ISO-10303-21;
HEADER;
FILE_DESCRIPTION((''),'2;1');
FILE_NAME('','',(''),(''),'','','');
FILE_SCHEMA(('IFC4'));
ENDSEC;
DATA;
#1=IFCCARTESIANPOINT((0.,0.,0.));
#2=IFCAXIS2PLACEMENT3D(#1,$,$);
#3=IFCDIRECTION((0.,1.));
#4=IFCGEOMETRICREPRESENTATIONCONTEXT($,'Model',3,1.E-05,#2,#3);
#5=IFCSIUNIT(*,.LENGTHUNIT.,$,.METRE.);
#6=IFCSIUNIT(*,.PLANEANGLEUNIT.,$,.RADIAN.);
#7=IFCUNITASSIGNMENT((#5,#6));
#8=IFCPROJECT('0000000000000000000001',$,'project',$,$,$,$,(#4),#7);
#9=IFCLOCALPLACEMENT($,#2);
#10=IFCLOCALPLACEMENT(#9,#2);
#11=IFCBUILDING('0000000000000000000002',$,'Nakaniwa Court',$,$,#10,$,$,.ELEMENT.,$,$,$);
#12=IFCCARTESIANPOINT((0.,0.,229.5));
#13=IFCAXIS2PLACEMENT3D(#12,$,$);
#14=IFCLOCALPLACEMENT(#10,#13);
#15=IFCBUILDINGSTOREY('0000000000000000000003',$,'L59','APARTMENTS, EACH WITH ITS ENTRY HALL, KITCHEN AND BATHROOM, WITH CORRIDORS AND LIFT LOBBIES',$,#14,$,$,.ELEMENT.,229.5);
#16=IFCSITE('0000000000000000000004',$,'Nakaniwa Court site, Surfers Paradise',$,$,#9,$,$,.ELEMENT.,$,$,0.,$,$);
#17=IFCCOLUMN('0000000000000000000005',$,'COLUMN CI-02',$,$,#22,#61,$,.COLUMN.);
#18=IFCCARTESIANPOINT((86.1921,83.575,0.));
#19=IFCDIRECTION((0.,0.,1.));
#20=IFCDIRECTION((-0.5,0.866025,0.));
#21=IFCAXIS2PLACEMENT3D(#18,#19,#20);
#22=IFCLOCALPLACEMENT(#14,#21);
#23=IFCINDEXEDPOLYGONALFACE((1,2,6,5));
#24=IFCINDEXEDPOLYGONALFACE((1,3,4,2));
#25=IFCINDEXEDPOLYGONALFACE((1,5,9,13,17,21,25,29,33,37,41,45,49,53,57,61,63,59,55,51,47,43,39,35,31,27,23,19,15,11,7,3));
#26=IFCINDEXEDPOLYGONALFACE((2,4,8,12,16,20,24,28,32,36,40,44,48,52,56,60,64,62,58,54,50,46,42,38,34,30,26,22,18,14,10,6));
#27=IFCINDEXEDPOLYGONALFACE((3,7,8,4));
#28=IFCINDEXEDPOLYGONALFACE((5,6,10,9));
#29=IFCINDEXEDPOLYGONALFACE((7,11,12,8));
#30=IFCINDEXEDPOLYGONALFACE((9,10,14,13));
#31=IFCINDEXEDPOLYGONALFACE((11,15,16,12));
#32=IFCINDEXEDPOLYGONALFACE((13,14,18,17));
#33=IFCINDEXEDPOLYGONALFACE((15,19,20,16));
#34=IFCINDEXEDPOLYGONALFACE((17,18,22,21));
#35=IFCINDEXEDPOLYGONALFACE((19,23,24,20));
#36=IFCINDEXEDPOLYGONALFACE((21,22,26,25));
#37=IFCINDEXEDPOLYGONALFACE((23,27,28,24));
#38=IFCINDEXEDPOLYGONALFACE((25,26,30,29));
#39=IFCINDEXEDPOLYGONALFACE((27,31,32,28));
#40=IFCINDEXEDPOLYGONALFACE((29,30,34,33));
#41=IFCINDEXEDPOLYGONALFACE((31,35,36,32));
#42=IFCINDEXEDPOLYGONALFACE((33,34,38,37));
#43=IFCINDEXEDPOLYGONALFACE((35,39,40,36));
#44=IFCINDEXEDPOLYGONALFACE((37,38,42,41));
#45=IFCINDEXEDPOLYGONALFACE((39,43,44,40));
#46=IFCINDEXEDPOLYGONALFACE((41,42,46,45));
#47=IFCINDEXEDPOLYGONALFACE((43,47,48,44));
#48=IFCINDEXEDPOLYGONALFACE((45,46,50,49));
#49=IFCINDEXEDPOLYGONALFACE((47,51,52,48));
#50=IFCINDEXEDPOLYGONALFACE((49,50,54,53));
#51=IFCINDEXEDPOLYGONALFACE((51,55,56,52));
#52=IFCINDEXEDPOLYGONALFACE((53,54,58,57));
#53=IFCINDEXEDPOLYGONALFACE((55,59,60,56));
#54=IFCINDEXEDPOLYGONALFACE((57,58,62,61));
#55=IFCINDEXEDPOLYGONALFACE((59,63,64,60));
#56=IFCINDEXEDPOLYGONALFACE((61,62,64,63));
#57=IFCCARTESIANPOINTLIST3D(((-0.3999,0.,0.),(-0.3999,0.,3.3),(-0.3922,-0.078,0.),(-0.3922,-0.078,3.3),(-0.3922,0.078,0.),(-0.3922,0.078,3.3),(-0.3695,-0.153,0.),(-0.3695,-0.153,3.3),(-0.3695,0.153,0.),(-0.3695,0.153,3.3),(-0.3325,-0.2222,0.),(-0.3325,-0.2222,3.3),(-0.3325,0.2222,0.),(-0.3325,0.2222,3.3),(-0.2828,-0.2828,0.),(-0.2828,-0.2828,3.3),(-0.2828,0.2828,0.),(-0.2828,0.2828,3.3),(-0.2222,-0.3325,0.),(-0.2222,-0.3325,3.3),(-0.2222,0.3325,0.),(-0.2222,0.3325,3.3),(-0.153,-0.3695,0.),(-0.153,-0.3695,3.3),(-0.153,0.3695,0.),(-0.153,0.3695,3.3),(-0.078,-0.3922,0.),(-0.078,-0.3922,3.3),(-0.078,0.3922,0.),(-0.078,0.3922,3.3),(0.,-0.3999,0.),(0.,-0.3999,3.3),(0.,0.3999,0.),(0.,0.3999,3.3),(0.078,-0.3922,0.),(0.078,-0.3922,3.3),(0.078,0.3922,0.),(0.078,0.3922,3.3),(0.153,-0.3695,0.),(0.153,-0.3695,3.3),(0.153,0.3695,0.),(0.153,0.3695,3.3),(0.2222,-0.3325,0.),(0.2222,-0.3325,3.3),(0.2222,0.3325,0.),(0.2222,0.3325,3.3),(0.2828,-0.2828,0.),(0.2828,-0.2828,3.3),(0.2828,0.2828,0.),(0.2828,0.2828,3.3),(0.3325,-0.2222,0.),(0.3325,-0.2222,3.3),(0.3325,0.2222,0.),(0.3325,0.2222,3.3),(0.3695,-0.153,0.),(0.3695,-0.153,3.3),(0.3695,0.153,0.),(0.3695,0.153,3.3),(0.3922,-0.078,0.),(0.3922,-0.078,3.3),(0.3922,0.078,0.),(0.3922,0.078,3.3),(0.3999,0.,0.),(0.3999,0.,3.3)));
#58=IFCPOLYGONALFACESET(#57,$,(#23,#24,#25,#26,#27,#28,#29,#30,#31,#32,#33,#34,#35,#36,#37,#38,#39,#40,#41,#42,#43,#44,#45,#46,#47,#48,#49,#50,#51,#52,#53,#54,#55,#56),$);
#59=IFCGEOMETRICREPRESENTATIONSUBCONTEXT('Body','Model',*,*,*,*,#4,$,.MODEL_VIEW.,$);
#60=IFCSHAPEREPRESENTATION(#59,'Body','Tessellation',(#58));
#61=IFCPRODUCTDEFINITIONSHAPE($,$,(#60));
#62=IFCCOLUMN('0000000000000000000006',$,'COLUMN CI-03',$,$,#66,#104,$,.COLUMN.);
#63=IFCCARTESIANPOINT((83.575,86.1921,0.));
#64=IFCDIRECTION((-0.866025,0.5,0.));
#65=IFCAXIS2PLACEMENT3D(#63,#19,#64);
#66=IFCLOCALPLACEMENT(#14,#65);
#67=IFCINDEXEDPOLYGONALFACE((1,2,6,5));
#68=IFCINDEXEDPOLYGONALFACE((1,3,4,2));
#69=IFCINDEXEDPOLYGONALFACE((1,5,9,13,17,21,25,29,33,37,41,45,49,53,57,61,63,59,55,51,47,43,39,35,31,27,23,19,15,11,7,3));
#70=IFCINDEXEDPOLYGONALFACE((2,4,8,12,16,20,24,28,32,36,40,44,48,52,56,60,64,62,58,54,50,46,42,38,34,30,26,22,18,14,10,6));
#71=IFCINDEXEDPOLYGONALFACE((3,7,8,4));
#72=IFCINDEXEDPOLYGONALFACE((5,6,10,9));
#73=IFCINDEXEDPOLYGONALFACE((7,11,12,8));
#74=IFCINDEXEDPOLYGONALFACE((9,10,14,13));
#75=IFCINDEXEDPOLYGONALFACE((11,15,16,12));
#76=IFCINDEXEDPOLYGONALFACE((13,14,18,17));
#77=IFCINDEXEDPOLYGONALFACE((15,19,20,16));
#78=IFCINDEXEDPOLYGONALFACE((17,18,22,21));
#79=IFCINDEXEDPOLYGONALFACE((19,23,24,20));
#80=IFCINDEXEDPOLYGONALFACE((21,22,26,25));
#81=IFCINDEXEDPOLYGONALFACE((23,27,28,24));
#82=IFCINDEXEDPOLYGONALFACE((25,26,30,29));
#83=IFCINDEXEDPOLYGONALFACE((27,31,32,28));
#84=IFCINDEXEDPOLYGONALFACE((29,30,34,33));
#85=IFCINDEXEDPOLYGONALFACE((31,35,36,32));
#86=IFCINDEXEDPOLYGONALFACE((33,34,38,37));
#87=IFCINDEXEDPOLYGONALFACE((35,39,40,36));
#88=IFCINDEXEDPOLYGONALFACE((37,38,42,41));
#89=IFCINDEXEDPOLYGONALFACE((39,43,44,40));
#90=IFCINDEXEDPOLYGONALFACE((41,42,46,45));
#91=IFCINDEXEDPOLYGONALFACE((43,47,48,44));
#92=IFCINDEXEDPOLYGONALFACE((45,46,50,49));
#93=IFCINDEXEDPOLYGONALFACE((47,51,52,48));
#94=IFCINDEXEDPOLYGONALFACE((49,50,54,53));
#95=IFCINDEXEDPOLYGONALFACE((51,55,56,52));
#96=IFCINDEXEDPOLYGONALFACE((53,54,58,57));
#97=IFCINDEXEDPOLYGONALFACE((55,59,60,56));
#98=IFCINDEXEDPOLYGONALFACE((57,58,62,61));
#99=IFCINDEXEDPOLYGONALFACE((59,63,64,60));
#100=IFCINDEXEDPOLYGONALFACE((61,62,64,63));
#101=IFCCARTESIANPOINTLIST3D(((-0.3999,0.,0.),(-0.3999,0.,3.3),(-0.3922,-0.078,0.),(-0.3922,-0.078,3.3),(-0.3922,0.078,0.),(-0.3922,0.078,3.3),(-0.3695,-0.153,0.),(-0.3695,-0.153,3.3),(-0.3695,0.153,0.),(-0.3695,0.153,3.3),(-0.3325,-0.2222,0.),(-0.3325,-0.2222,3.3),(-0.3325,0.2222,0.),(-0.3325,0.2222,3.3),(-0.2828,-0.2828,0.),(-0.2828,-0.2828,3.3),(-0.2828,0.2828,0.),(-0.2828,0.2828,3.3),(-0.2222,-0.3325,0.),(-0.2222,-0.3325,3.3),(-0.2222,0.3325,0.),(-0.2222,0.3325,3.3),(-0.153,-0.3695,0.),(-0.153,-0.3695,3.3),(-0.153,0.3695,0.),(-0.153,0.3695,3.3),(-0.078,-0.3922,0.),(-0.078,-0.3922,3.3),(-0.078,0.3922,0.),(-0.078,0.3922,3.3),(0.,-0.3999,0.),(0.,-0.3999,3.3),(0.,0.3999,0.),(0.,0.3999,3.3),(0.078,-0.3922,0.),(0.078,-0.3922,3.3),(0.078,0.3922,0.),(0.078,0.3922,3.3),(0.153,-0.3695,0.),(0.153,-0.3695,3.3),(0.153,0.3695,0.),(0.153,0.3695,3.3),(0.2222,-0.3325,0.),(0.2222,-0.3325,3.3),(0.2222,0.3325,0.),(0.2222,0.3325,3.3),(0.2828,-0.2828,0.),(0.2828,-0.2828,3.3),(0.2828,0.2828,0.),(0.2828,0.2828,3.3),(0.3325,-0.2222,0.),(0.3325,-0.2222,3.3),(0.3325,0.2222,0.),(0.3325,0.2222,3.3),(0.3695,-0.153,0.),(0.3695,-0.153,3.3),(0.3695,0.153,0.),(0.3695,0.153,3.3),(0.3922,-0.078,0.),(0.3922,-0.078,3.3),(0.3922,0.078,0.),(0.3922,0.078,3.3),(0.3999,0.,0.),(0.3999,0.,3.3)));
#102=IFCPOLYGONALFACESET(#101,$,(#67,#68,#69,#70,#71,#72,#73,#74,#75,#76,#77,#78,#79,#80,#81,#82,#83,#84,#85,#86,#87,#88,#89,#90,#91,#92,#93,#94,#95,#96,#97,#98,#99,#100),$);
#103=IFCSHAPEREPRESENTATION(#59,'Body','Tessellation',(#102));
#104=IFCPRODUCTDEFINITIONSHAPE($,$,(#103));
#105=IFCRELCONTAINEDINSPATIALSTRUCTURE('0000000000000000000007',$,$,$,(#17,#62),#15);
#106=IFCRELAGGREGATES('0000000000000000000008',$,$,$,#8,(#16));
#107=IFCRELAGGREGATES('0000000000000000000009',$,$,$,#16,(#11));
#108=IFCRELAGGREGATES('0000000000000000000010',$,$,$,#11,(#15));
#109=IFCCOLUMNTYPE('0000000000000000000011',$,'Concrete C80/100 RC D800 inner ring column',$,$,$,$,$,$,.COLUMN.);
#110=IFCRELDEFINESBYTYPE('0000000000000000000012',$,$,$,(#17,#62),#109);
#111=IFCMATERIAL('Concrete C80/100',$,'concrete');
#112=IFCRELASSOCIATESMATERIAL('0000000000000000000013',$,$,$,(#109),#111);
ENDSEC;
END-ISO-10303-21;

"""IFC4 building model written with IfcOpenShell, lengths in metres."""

from ifc_helpers import new_model, si_unit, direction, frame, origin, origin_2d, place, context, subcontext, project, spatial, circle, extrude, material, material_profile, profile_set, type_object, element, save


model = new_model("IFC4")

# Units and contexts
model_context = context("Model", 3, precision=1e-05, world=origin(), true_north=direction((0.0, 1.0)))
body_context = subcontext(model_context, "Body", "Model", "MODEL_VIEW")
ifc_project = project(units=[si_unit("LENGTHUNIT", "METRE"), si_unit("PLANEANGLEUNIT", "RADIAN")], contexts=[model_context])

# Site, building, storey
site_placement = place(None, origin())
site = spatial("IfcSite", under=ifc_project, at=site_placement, Name="Nakaniwa Court site, Surfers Paradise", CompositionType="ELEMENT", RefElevation=0.0)
building_placement = place(site_placement, origin())
building = spatial("IfcBuilding", under=site, at=building_placement, Name="Nakaniwa Court", CompositionType="ELEMENT")
storey_placement = place(building_placement, frame((0.0, 0.0, 229.5)))
storey = spatial("IfcBuildingStorey", under=building, at=storey_placement, Name="L59", Description="APARTMENTS, EACH WITH ITS ENTRY HALL, KITCHEN AND BATHROOM, WITH CORRIDORS AND LIFT LOBBIES", CompositionType="ELEMENT", Elevation=229.5)

# Columns
ifc_material_1 = material(Name="Concrete C80/100", Category="concrete")
ifc_material_profile_1 = material_profile(ifc_material_1, circle(Radius=0.3999, at=origin_2d()), Name="Concrete C80/100 RC D800 inner ring column")
ifc_profile_set_1 = profile_set([ifc_material_profile_1], Name="Concrete C80/100")
column_type_1 = type_object("IfcColumnType", Name="Concrete C80/100 RC D800 inner ring column", PredefinedType="COLUMN", material=ifc_profile_set_1)
for number, where, z_axis, x_axis, name in (
    (1, (86.1921, 83.575, 0.0), (0.0, 0.0, 1.0), (-0.5, 0.866025, 0.0), "COLUMN CI-02"),
    (2, (83.575, 86.1921, 0.0), (0.0, 0.0, 1.0), (-0.866025, 0.5, 0.0), "COLUMN CI-03"),
):
    element("IfcColumn", number, at=place(storey_placement, frame(where, z_axis=z_axis, x_axis=x_axis)), inside=storey, type_object=column_type_1, Name=name, PredefinedType="COLUMN", context=body_context, shape_type="SweptSolid", body=[
        extrude(circle(Radius=0.3999, at=origin_2d()), origin(), (0.0, 0.0, 1.0), 3.3),
    ])

save(model, "model.ifc")
